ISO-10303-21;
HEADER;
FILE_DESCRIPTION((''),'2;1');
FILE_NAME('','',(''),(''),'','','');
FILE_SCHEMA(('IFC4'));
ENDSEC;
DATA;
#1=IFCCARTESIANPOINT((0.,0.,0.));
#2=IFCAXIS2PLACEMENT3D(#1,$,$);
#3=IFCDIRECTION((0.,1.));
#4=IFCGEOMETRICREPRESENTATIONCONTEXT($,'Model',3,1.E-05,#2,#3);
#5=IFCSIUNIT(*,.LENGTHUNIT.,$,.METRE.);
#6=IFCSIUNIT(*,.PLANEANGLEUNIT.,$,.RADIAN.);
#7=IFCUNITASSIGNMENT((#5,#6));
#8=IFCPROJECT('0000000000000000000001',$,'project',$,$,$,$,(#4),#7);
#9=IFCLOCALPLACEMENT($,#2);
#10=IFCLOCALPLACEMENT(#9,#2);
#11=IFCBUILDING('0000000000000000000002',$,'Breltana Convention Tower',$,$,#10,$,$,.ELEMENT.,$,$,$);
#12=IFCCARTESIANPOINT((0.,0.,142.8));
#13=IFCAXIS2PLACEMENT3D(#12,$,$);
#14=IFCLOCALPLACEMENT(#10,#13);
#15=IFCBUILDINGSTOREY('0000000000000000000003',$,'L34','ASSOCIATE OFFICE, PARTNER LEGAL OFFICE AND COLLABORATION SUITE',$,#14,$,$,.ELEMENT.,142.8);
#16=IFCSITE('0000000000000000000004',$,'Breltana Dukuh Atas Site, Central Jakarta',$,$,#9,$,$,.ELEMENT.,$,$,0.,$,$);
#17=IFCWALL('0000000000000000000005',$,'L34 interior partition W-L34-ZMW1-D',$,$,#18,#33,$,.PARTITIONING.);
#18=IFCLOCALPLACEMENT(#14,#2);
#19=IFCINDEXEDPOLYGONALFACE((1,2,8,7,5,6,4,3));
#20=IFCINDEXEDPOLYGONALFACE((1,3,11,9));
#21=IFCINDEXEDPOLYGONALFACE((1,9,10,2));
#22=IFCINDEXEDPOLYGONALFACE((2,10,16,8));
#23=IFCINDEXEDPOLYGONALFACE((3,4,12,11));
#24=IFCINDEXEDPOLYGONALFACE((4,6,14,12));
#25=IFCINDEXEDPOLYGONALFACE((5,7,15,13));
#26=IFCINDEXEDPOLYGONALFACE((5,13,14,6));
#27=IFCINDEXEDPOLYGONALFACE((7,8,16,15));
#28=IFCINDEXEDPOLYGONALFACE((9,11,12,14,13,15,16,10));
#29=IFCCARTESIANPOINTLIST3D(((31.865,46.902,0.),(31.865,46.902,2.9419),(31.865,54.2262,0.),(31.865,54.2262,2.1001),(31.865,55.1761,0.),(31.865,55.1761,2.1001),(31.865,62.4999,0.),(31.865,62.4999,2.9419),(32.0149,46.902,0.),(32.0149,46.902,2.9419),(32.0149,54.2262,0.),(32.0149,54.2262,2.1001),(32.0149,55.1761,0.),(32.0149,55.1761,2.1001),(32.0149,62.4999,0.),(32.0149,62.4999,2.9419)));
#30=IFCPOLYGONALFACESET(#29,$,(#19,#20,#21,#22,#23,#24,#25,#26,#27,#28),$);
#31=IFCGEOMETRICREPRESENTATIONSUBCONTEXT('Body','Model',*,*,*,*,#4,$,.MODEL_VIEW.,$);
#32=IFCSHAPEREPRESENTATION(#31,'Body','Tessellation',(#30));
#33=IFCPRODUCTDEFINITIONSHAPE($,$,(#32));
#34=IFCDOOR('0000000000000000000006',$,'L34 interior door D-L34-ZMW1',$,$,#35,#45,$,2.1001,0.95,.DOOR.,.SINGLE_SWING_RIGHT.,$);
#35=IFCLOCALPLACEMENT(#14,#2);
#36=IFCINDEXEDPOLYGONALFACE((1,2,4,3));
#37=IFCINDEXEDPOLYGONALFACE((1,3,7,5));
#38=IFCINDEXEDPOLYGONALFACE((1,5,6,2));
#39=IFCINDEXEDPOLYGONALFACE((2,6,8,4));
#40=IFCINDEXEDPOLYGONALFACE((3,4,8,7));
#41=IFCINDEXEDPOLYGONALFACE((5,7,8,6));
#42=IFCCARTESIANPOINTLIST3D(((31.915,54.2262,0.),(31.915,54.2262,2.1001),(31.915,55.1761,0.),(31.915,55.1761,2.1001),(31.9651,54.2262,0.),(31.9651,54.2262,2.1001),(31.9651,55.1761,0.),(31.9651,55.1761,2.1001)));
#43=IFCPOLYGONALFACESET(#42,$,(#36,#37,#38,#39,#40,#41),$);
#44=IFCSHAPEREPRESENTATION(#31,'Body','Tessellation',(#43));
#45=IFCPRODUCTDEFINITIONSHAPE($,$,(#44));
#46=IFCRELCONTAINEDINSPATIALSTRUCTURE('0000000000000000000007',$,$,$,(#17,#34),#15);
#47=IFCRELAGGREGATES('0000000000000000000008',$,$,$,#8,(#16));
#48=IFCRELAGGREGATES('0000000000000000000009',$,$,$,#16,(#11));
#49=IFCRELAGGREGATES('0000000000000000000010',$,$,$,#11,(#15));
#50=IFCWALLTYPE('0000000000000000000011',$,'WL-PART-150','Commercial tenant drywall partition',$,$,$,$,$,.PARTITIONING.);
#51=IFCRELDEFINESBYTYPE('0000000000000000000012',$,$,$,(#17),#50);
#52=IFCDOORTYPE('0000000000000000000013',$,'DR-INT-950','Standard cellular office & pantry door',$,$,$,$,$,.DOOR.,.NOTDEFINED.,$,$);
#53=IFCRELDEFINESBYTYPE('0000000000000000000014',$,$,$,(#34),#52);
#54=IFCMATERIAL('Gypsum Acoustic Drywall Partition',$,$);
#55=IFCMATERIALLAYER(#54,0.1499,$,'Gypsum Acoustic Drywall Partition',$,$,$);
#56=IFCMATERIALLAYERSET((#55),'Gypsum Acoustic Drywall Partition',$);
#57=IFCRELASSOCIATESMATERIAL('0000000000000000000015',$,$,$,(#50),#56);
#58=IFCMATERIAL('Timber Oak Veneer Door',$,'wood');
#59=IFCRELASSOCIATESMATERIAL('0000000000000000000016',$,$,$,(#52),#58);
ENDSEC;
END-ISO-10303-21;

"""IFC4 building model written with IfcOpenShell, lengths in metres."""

from ifc_helpers import new_model, si_unit, direction, frame, frame_2d, origin, place, context, subcontext, project, spatial, rectangle, extrude, source, transform, mapped, material, layer, layer_set, type_object, type_shapes, element, fill, save


model = new_model("IFC4")

# Units and contexts
model_context = context("Model", 3, precision=1e-05, world=origin(), true_north=direction((0.0, 1.0)))
body_context = subcontext(model_context, "Body", "Model", "MODEL_VIEW")
ifc_project = project(units=[si_unit("LENGTHUNIT", "METRE"), si_unit("PLANEANGLEUNIT", "RADIAN")], contexts=[model_context])

# Site, building, storey
site_placement = place(None, origin())
site = spatial("IfcSite", under=ifc_project, at=site_placement, Name="Breltana Dukuh Atas Site, Central Jakarta", CompositionType="ELEMENT", RefElevation=0.0)
building_placement = place(site_placement, origin())
building = spatial("IfcBuilding", under=site, at=building_placement, Name="Breltana Convention Tower", CompositionType="ELEMENT")
storey_placement = place(building_placement, frame((0.0, 0.0, 142.8)))
storey = spatial("IfcBuildingStorey", under=building, at=storey_placement, Name="L34", Description="ASSOCIATE OFFICE, PARTNER LEGAL OFFICE AND COLLABORATION SUITE", CompositionType="ELEMENT", Elevation=142.8)

# Shared definitions
ifc_material_1 = material(Name="Gypsum Acoustic Drywall Partition")
ifc_layer_1 = layer(ifc_material_1, 0.1499, Name="Gypsum Acoustic Drywall Partition")
ifc_layer_set_1 = layer_set([ifc_layer_1], Name="Gypsum Acoustic Drywall Partition")
wall_type_1 = type_object("IfcWallType", Name="WL-PART-150", Description="Commercial tenant drywall partition", PredefinedType="PARTITIONING", material=ifc_layer_set_1)

# Wall, opening, door
shared_shape_1 = source(origin(), body_context, "Body", "SweptSolid", [
    extrude(rectangle(XDim=15.5979, YDim=0.1499, at=frame_2d((7.7988, 0.0))), origin(), (0.0, 0.0, 1.0), 2.9419),
])
wall_1_placement = place(storey_placement, frame((31.9399, 46.9021, 0.0), z_axis=(0.0, 0.0, 1.0), x_axis=(0.0, 1.0, 0.0)))
wall_1 = element("IfcWall", 1, at=wall_1_placement, inside=storey, type_object=wall_type_1, Name="L34 interior partition W-L34-ZMW1-D", PredefinedType="PARTITIONING", context=body_context, shape_type="MappedRepresentation", body=[
    mapped(shared_shape_1, transform((0.0, 0.0, 0.0), scale=1.0)),
])
opening_placement = place(wall_1_placement, frame((7.324, 0.0, 0.0)))
opening = element("IfcOpeningElement", 2, at=opening_placement, cuts=wall_1, PredefinedType="OPENING", context=body_context, shape_type="SweptSolid", body=[
    extrude(rectangle(XDim=0.95, YDim=2.1001, at=frame_2d((0.4751, 1.05))), frame((0.0, 0.085, 0.0), z_axis=(0.0, -1.0, 0.0), x_axis=(1.0, 0.0, 0.0)), (0.0, 0.0, 1.0), 0.1699),
])
ifc_material_2 = material(Name="Timber Oak Veneer Door", Category="wood")
door_type = type_object("IfcDoorType", Name="DR-INT-950", Description="Standard cellular office & pantry door", OperationType="NOTDEFINED", PredefinedType="DOOR", material=ifc_material_2)
shared_shape_2 = source(origin(), body_context, "Body", "SweptSolid", [
    extrude(rectangle(XDim=0.95, YDim=2.1001, at=frame_2d((0.4751, 1.05))), frame((0.0, 0.0249, 0.0), z_axis=(0.0, -1.0, 0.0), x_axis=(1.0, 0.0, 0.0)), (0.0, 0.0, 1.0), 0.05),
])
type_shapes(door_type, [shared_shape_2])
door_placement = place(opening_placement, origin())
door = element("IfcDoor", 3, at=door_placement, inside=storey, type_object=door_type, Name="L34 interior door D-L34-ZMW1", OperationType="SINGLE_SWING_RIGHT", OverallHeight=2.1001, OverallWidth=0.95, PredefinedType="DOOR", context=body_context, shape_type="MappedRepresentation", body=[
    mapped(shared_shape_2, transform((0.0, 0.0, 0.0), scale=1.0)),
])
fill(opening, door)

save(model, "model.ifc")
